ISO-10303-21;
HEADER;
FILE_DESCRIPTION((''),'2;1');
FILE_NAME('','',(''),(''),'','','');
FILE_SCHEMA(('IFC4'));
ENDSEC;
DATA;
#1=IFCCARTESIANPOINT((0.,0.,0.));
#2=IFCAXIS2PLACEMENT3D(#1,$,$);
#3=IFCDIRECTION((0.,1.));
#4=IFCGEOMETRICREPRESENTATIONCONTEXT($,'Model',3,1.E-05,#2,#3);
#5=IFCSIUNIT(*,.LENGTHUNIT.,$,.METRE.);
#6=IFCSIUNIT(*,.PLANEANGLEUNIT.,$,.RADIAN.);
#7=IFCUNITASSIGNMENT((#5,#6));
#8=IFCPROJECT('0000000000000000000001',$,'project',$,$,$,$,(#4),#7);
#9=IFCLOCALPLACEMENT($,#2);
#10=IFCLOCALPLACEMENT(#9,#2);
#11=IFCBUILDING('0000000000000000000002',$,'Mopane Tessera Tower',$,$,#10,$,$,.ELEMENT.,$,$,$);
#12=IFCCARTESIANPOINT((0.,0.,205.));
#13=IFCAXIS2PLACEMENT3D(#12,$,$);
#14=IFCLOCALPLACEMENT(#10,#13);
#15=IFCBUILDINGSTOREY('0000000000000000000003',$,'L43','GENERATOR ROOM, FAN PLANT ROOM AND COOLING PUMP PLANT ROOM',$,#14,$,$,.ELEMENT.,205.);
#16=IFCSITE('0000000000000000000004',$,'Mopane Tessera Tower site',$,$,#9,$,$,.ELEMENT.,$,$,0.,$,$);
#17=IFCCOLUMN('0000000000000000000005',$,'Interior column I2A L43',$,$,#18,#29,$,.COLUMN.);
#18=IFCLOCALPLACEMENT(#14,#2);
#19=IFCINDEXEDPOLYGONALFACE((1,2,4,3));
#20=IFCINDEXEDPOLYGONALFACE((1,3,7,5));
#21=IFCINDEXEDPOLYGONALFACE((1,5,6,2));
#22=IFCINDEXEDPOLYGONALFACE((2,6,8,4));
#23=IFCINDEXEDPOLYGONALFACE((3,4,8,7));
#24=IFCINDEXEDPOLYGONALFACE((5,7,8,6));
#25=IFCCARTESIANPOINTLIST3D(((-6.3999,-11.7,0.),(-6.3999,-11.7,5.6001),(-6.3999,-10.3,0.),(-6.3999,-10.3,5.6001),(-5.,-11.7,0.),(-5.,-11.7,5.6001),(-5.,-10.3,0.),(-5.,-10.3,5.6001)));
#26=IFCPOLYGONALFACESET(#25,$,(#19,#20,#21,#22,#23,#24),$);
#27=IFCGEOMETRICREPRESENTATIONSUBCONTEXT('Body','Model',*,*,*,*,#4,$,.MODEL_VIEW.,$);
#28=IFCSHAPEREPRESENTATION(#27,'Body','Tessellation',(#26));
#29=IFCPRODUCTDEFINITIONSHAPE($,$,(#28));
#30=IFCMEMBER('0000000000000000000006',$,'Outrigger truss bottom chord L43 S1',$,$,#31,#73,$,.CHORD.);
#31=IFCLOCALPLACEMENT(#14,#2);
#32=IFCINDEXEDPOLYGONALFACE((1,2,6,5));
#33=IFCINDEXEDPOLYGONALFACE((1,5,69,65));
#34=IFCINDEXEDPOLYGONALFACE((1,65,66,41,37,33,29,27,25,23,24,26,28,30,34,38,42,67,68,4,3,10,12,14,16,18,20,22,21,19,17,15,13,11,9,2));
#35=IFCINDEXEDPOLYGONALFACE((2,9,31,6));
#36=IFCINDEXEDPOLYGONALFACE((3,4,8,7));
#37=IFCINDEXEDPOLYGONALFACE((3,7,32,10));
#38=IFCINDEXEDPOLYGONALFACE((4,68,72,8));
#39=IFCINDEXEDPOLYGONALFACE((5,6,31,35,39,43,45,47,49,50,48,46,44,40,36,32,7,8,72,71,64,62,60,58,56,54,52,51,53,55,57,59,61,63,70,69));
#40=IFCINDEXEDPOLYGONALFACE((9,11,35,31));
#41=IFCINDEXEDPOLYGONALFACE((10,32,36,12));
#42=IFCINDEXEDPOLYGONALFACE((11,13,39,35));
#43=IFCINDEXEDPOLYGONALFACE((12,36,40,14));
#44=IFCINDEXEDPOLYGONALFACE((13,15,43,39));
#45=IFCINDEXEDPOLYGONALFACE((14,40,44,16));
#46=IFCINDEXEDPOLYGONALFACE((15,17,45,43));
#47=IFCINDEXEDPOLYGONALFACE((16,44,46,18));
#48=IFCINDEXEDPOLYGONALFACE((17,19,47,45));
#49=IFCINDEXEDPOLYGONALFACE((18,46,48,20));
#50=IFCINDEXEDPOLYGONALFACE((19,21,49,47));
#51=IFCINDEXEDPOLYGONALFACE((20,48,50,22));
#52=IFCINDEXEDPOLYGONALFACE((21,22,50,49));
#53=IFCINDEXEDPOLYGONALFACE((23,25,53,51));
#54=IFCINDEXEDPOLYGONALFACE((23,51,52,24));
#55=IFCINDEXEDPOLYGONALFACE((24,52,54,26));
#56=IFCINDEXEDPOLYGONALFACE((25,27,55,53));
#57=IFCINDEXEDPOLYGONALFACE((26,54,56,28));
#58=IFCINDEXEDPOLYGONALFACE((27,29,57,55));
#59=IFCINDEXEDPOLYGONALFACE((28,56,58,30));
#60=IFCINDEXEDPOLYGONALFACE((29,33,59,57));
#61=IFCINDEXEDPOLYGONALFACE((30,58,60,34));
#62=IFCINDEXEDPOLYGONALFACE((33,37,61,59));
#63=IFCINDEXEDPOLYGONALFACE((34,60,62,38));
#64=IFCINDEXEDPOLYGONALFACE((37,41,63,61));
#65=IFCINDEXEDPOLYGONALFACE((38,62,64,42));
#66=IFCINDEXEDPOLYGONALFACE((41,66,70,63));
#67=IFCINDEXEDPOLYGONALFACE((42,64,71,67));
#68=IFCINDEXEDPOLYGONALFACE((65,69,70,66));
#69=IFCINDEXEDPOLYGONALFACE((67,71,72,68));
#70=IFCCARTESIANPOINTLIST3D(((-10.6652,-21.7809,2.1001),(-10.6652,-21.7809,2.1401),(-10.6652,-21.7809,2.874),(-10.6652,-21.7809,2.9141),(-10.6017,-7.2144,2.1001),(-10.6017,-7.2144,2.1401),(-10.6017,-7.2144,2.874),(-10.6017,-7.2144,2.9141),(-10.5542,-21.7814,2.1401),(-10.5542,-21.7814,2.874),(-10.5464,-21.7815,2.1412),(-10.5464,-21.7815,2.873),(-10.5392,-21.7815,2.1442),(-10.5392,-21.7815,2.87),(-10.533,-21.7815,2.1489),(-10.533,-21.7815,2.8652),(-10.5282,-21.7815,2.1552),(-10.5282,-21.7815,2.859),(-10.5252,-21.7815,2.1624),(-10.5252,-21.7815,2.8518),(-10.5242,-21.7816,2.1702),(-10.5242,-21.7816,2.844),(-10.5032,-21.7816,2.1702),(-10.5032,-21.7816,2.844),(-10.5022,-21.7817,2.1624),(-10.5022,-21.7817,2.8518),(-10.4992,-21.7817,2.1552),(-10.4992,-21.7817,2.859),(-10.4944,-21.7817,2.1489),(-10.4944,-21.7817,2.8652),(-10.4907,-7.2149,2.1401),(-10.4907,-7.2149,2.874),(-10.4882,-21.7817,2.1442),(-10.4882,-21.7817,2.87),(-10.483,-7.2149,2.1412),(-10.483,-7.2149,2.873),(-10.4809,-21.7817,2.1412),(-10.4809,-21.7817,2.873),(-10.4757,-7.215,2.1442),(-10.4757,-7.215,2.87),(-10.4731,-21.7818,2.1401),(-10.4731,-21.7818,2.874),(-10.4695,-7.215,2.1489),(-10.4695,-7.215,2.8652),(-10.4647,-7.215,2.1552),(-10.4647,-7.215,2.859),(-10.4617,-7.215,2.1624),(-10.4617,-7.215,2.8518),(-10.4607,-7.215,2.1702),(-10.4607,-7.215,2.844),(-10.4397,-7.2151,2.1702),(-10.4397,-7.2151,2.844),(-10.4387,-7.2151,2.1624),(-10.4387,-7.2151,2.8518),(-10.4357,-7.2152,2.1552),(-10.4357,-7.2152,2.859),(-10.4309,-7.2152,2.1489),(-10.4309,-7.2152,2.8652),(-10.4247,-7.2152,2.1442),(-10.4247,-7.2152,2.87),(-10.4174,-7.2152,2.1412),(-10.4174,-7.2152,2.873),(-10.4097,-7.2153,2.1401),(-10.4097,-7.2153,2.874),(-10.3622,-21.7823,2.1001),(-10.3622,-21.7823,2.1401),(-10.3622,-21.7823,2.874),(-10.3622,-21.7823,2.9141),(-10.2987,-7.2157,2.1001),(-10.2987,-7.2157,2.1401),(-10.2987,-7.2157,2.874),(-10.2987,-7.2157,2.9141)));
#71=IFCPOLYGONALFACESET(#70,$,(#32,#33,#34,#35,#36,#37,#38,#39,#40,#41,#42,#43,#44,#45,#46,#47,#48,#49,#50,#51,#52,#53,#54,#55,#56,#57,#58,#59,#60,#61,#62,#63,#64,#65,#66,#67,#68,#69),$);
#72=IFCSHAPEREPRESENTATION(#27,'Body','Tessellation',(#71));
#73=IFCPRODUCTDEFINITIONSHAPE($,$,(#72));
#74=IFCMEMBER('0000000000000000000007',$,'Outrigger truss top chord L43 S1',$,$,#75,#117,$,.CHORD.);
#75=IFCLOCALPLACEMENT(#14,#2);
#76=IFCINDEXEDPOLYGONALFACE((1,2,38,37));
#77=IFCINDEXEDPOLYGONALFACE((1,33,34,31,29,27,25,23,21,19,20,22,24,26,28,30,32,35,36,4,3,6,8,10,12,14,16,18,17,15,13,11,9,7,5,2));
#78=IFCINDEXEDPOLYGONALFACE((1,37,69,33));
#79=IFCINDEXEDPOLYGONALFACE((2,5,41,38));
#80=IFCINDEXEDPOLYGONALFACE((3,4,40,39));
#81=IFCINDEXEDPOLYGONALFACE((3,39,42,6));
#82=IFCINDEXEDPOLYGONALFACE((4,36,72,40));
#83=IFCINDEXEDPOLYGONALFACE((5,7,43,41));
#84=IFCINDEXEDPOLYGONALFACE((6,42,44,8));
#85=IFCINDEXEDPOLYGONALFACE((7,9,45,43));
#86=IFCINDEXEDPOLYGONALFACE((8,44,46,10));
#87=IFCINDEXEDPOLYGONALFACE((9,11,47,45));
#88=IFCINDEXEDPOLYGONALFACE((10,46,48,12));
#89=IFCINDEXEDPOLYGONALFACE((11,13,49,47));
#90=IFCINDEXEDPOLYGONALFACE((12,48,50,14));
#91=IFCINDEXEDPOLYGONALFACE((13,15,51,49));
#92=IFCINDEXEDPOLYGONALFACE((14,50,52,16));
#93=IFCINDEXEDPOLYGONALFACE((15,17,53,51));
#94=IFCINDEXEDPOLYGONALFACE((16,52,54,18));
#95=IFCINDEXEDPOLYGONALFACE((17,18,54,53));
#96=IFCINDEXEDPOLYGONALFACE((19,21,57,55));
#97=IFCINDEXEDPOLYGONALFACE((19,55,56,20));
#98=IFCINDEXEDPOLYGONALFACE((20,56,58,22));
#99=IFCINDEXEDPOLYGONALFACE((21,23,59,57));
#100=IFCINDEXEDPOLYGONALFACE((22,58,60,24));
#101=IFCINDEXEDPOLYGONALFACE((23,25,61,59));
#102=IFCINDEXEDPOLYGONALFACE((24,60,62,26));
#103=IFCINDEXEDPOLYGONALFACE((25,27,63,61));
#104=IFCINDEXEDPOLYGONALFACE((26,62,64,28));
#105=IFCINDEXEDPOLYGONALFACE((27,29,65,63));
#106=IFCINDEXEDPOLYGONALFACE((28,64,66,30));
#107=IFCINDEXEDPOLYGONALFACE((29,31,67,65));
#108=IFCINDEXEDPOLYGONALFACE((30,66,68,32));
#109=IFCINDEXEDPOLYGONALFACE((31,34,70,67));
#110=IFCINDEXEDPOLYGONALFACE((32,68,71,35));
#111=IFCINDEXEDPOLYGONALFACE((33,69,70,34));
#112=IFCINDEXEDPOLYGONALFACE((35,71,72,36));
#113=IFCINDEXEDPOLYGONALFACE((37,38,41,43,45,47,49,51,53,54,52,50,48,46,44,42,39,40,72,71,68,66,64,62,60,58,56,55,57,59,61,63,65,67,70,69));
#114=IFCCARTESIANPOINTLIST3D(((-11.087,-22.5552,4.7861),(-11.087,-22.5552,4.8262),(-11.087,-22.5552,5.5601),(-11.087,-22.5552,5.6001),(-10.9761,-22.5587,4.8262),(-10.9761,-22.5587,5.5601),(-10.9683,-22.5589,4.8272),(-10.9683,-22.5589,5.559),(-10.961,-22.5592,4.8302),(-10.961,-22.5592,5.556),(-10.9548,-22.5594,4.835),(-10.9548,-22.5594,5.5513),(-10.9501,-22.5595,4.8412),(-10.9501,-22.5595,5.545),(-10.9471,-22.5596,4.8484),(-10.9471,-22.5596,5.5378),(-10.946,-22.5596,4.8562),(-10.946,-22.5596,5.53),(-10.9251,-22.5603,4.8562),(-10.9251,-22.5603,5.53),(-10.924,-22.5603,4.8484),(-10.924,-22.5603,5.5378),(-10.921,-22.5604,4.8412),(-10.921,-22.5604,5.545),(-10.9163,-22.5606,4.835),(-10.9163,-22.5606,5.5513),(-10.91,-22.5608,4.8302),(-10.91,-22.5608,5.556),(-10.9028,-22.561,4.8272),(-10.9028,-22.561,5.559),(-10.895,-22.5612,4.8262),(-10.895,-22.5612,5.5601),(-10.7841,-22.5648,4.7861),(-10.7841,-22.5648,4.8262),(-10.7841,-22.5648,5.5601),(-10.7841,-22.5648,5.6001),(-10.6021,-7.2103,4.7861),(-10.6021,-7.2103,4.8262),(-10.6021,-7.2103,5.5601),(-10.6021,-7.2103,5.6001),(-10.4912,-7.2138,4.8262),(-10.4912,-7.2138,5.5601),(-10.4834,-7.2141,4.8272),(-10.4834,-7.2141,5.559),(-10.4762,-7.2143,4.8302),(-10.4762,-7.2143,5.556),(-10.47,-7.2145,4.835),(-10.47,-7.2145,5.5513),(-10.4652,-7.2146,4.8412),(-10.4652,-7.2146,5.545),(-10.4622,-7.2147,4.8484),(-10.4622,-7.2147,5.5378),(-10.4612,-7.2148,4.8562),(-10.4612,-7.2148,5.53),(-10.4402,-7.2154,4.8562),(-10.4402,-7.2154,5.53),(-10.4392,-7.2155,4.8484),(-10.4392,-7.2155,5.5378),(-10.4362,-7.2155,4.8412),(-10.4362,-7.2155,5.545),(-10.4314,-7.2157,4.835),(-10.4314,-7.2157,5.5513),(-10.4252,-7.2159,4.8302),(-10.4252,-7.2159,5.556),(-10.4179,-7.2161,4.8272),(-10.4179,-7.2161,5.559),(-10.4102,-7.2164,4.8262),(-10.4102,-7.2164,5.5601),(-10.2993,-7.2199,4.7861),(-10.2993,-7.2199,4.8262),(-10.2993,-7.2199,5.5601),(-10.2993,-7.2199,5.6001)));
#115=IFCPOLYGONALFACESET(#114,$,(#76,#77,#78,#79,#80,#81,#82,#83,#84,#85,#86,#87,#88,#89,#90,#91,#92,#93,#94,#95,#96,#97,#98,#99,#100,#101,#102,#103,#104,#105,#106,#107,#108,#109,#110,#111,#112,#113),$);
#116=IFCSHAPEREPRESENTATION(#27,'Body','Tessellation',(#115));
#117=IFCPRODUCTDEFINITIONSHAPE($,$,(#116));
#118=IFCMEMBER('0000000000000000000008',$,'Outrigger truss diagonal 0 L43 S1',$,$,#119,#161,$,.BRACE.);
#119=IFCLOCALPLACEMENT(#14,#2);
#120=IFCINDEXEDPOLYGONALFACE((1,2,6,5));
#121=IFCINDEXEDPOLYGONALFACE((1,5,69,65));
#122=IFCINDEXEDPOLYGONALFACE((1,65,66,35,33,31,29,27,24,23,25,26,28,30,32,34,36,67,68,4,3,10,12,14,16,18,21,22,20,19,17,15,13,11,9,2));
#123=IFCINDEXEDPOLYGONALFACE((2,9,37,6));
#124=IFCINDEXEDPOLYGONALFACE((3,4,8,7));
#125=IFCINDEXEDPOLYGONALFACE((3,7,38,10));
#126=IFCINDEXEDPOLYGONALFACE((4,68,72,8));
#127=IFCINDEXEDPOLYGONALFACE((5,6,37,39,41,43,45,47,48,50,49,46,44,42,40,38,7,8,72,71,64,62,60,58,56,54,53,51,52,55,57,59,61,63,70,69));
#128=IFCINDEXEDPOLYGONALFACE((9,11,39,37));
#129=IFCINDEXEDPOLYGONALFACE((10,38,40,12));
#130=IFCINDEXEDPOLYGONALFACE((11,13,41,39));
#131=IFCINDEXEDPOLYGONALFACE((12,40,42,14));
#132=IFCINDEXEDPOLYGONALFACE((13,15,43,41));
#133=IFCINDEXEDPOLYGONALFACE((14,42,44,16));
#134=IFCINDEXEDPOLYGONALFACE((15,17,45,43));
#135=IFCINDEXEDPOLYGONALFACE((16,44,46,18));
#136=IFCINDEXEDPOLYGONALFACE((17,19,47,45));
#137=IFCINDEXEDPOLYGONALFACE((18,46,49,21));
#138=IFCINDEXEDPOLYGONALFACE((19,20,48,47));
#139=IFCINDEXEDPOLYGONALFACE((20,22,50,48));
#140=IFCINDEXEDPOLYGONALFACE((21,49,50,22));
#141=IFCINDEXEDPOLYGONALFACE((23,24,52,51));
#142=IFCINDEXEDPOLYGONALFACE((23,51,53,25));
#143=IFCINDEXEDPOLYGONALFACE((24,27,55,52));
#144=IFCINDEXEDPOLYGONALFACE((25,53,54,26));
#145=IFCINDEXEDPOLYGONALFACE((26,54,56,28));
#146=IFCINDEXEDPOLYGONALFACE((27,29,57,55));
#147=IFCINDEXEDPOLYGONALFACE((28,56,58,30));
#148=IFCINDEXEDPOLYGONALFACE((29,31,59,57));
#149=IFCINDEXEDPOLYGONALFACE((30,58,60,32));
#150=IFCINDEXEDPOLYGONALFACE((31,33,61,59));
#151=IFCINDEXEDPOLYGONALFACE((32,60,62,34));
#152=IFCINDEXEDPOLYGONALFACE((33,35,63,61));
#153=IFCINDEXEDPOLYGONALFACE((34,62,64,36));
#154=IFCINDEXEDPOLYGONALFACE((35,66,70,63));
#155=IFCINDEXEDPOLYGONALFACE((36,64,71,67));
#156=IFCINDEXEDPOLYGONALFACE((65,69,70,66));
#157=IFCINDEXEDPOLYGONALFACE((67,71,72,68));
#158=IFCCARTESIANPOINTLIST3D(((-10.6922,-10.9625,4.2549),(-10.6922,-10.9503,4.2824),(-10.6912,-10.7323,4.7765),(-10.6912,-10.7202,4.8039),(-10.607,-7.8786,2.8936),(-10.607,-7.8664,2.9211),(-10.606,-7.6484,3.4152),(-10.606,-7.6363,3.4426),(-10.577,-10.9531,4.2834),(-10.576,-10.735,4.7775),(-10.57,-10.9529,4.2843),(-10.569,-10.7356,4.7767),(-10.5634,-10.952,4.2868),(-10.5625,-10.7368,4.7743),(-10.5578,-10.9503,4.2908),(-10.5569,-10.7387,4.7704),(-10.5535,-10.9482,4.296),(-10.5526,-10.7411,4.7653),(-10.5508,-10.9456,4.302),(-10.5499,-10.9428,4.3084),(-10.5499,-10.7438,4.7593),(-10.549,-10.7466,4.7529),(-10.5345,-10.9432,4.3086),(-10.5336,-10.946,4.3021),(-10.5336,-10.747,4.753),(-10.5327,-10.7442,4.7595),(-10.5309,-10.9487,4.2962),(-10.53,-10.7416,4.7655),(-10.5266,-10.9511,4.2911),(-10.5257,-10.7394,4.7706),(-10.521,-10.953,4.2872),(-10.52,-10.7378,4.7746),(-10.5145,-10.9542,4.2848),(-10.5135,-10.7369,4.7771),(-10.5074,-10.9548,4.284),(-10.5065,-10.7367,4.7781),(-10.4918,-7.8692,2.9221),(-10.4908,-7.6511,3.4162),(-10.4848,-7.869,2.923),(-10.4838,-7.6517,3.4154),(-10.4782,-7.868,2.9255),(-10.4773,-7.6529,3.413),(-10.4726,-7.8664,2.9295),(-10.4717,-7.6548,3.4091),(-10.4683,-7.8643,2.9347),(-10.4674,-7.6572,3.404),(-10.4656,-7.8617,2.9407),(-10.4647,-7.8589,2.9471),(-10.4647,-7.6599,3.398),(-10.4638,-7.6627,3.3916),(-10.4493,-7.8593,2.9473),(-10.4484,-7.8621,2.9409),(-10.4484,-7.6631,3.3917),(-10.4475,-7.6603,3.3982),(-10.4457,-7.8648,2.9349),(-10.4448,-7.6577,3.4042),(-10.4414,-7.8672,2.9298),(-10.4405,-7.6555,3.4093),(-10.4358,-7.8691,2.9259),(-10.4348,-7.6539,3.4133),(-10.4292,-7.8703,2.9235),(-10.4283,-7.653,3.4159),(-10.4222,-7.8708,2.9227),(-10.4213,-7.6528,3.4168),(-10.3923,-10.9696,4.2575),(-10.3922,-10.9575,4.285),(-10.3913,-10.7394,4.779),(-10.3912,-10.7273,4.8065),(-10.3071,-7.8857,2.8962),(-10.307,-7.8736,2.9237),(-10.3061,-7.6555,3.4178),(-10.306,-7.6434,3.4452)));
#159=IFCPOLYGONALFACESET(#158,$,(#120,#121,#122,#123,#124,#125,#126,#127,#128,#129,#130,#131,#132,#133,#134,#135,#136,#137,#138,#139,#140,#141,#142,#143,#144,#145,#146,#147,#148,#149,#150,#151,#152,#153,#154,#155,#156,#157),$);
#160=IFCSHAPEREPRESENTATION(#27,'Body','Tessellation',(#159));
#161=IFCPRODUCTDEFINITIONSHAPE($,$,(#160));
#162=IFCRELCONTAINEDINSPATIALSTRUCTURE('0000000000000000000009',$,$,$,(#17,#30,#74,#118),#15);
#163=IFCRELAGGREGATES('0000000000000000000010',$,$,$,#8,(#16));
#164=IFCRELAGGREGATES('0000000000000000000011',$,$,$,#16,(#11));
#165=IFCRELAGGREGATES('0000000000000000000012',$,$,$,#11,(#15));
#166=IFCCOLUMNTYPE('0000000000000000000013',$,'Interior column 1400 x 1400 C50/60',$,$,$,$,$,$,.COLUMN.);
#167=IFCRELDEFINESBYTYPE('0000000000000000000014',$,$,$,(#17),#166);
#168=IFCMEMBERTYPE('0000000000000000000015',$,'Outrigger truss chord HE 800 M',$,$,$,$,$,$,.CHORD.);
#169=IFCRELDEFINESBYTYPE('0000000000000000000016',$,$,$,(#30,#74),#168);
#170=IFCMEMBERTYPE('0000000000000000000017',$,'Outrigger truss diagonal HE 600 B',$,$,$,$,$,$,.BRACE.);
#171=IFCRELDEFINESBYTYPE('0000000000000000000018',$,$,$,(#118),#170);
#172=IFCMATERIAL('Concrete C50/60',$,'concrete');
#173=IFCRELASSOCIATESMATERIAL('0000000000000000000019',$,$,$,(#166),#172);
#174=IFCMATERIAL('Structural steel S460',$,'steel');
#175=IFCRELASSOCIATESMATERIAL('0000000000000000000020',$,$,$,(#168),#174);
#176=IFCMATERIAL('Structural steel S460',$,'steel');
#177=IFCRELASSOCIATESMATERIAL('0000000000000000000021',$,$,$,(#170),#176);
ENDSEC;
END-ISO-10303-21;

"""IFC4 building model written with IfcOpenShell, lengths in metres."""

from ifc_helpers import new_model, si_unit, direction, frame, origin, origin_2d, place, context, subcontext, project, spatial, rectangle, i_section, extrude, material, material_profile, profile_set, type_object, element, save


model = new_model("IFC4")

# Units and contexts
model_context = context("Model", 3, precision=1e-05, world=origin(), true_north=direction((0.0, 1.0)))
body_context = subcontext(model_context, "Body", "Model", "MODEL_VIEW")
ifc_project = project(units=[si_unit("LENGTHUNIT", "METRE"), si_unit("PLANEANGLEUNIT", "RADIAN")], contexts=[model_context])

# Site, building, storey
site_placement = place(None, origin())
site = spatial("IfcSite", under=ifc_project, at=site_placement, Name="Mopane Tessera Tower site", CompositionType="ELEMENT", RefElevation=0.0)
building_placement = place(site_placement, origin())
building = spatial("IfcBuilding", under=site, at=building_placement, Name="Mopane Tessera Tower", CompositionType="ELEMENT")
storey_placement = place(building_placement, frame((0.0, 0.0, 205.0)))
storey = spatial("IfcBuildingStorey", under=building, at=storey_placement, Name="L43", Description="GENERATOR ROOM, FAN PLANT ROOM AND COOLING PUMP PLANT ROOM", CompositionType="ELEMENT", Elevation=205.0)

# Column
ifc_material_1 = material(Name="Concrete C50/60", Category="concrete")
ifc_material_profile_1 = material_profile(ifc_material_1, rectangle(XDim=1.3999, YDim=1.3999, at=origin_2d()))
ifc_profile_set_1 = profile_set([ifc_material_profile_1], Name="Concrete C50/60")
column_type = type_object("IfcColumnType", Name="Interior column 1400 x 1400 C50/60", PredefinedType="COLUMN", material=ifc_profile_set_1)
column_placement = place(storey_placement, frame((-5.7, -11.0, 0.0), z_axis=(0.0, 0.0, 1.0), x_axis=(1.0, 0.0, 0.0)))
element("IfcColumn", 1, at=column_placement, inside=storey, type_object=column_type, Name="Interior column I2A L43", PredefinedType="COLUMN", context=body_context, shape_type="SweptSolid", body=[
    extrude(rectangle(XDim=1.3999, YDim=1.3999, at=origin_2d()), origin(), (0.0, 0.0, 1.0), 5.6001),
])

# Members
ifc_material_2 = material(Name="Structural steel S460", Category="steel")
ifc_material_profile_2 = material_profile(ifc_material_2, i_section(OverallWidth=0.303, OverallDepth=0.814, WebThickness=0.021, FlangeThickness=0.04, FilletRadius=0.03, at=origin_2d()))
ifc_profile_set_2 = profile_set([ifc_material_profile_2], Name="Structural steel S460")
member_type_1 = type_object("IfcMemberType", Name="Outrigger truss chord HE 800 M", PredefinedType="CHORD", material=ifc_profile_set_2)
member_1_placement = place(storey_placement, frame((-10.4502, -7.2151, 2.5071), z_axis=(-0.004358, -0.999991, 0.0), x_axis=(0.999991, -0.004358, 0.0)))
element("IfcMember", 2, at=member_1_placement, inside=storey, type_object=member_type_1, Name="Outrigger truss bottom chord L43 S1", PredefinedType="CHORD", context=body_context, shape_type="SweptSolid", body=[
    extrude(i_section(OverallWidth=0.303, OverallDepth=0.814, WebThickness=0.021, FlangeThickness=0.04, FilletRadius=0.03, at=origin_2d()), origin(), (0.0, 0.0, 1.0), 14.5667),
])
member_2_placement = place(storey_placement, frame((-10.4507, -7.2151, 5.1931), z_axis=(-0.031582, -0.999501, 0.0), x_axis=(0.999501, -0.031582, 0.0)))
element("IfcMember", 3, at=member_2_placement, inside=storey, type_object=member_type_1, Name="Outrigger truss top chord L43 S1", PredefinedType="CHORD", context=body_context, shape_type="SweptSolid", body=[
    extrude(i_section(OverallWidth=0.303, OverallDepth=0.814, WebThickness=0.021, FlangeThickness=0.04, FilletRadius=0.03, at=origin_2d()), origin(), (0.0, 0.0, 1.0), 15.3525),
])
ifc_material_3 = material(Name="Structural steel S460", Category="steel")
ifc_material_profile_3 = material_profile(ifc_material_3, i_section(OverallWidth=0.3, OverallDepth=0.6001, WebThickness=0.0154, FlangeThickness=0.03, FilletRadius=0.0271, at=origin_2d()))
ifc_profile_set_3 = profile_set([ifc_material_profile_3], Name="Structural steel S460")
member_type_2 = type_object("IfcMemberType", Name="Outrigger truss diagonal HE 600 B", PredefinedType="BRACE", material=ifc_profile_set_3)
member_3_placement = place(storey_placement, frame((-10.4565, -7.761, 3.1694), z_axis=(-0.025267, -0.914544, 0.403697), x_axis=(0.999679, -0.023826, 0.008594)))
element("IfcMember", 4, at=member_3_placement, inside=storey, type_object=member_type_2, Name="Outrigger truss diagonal 0 L43 S1", PredefinedType="BRACE", context=body_context, shape_type="SweptSolid", body=[
    extrude(i_section(OverallWidth=0.3, OverallDepth=0.6001, WebThickness=0.0154, FlangeThickness=0.03, FilletRadius=0.0271, at=origin_2d()), origin(), (0.0, 0.0, 1.0), 3.3721),
])

save(model, "model.ifc")
